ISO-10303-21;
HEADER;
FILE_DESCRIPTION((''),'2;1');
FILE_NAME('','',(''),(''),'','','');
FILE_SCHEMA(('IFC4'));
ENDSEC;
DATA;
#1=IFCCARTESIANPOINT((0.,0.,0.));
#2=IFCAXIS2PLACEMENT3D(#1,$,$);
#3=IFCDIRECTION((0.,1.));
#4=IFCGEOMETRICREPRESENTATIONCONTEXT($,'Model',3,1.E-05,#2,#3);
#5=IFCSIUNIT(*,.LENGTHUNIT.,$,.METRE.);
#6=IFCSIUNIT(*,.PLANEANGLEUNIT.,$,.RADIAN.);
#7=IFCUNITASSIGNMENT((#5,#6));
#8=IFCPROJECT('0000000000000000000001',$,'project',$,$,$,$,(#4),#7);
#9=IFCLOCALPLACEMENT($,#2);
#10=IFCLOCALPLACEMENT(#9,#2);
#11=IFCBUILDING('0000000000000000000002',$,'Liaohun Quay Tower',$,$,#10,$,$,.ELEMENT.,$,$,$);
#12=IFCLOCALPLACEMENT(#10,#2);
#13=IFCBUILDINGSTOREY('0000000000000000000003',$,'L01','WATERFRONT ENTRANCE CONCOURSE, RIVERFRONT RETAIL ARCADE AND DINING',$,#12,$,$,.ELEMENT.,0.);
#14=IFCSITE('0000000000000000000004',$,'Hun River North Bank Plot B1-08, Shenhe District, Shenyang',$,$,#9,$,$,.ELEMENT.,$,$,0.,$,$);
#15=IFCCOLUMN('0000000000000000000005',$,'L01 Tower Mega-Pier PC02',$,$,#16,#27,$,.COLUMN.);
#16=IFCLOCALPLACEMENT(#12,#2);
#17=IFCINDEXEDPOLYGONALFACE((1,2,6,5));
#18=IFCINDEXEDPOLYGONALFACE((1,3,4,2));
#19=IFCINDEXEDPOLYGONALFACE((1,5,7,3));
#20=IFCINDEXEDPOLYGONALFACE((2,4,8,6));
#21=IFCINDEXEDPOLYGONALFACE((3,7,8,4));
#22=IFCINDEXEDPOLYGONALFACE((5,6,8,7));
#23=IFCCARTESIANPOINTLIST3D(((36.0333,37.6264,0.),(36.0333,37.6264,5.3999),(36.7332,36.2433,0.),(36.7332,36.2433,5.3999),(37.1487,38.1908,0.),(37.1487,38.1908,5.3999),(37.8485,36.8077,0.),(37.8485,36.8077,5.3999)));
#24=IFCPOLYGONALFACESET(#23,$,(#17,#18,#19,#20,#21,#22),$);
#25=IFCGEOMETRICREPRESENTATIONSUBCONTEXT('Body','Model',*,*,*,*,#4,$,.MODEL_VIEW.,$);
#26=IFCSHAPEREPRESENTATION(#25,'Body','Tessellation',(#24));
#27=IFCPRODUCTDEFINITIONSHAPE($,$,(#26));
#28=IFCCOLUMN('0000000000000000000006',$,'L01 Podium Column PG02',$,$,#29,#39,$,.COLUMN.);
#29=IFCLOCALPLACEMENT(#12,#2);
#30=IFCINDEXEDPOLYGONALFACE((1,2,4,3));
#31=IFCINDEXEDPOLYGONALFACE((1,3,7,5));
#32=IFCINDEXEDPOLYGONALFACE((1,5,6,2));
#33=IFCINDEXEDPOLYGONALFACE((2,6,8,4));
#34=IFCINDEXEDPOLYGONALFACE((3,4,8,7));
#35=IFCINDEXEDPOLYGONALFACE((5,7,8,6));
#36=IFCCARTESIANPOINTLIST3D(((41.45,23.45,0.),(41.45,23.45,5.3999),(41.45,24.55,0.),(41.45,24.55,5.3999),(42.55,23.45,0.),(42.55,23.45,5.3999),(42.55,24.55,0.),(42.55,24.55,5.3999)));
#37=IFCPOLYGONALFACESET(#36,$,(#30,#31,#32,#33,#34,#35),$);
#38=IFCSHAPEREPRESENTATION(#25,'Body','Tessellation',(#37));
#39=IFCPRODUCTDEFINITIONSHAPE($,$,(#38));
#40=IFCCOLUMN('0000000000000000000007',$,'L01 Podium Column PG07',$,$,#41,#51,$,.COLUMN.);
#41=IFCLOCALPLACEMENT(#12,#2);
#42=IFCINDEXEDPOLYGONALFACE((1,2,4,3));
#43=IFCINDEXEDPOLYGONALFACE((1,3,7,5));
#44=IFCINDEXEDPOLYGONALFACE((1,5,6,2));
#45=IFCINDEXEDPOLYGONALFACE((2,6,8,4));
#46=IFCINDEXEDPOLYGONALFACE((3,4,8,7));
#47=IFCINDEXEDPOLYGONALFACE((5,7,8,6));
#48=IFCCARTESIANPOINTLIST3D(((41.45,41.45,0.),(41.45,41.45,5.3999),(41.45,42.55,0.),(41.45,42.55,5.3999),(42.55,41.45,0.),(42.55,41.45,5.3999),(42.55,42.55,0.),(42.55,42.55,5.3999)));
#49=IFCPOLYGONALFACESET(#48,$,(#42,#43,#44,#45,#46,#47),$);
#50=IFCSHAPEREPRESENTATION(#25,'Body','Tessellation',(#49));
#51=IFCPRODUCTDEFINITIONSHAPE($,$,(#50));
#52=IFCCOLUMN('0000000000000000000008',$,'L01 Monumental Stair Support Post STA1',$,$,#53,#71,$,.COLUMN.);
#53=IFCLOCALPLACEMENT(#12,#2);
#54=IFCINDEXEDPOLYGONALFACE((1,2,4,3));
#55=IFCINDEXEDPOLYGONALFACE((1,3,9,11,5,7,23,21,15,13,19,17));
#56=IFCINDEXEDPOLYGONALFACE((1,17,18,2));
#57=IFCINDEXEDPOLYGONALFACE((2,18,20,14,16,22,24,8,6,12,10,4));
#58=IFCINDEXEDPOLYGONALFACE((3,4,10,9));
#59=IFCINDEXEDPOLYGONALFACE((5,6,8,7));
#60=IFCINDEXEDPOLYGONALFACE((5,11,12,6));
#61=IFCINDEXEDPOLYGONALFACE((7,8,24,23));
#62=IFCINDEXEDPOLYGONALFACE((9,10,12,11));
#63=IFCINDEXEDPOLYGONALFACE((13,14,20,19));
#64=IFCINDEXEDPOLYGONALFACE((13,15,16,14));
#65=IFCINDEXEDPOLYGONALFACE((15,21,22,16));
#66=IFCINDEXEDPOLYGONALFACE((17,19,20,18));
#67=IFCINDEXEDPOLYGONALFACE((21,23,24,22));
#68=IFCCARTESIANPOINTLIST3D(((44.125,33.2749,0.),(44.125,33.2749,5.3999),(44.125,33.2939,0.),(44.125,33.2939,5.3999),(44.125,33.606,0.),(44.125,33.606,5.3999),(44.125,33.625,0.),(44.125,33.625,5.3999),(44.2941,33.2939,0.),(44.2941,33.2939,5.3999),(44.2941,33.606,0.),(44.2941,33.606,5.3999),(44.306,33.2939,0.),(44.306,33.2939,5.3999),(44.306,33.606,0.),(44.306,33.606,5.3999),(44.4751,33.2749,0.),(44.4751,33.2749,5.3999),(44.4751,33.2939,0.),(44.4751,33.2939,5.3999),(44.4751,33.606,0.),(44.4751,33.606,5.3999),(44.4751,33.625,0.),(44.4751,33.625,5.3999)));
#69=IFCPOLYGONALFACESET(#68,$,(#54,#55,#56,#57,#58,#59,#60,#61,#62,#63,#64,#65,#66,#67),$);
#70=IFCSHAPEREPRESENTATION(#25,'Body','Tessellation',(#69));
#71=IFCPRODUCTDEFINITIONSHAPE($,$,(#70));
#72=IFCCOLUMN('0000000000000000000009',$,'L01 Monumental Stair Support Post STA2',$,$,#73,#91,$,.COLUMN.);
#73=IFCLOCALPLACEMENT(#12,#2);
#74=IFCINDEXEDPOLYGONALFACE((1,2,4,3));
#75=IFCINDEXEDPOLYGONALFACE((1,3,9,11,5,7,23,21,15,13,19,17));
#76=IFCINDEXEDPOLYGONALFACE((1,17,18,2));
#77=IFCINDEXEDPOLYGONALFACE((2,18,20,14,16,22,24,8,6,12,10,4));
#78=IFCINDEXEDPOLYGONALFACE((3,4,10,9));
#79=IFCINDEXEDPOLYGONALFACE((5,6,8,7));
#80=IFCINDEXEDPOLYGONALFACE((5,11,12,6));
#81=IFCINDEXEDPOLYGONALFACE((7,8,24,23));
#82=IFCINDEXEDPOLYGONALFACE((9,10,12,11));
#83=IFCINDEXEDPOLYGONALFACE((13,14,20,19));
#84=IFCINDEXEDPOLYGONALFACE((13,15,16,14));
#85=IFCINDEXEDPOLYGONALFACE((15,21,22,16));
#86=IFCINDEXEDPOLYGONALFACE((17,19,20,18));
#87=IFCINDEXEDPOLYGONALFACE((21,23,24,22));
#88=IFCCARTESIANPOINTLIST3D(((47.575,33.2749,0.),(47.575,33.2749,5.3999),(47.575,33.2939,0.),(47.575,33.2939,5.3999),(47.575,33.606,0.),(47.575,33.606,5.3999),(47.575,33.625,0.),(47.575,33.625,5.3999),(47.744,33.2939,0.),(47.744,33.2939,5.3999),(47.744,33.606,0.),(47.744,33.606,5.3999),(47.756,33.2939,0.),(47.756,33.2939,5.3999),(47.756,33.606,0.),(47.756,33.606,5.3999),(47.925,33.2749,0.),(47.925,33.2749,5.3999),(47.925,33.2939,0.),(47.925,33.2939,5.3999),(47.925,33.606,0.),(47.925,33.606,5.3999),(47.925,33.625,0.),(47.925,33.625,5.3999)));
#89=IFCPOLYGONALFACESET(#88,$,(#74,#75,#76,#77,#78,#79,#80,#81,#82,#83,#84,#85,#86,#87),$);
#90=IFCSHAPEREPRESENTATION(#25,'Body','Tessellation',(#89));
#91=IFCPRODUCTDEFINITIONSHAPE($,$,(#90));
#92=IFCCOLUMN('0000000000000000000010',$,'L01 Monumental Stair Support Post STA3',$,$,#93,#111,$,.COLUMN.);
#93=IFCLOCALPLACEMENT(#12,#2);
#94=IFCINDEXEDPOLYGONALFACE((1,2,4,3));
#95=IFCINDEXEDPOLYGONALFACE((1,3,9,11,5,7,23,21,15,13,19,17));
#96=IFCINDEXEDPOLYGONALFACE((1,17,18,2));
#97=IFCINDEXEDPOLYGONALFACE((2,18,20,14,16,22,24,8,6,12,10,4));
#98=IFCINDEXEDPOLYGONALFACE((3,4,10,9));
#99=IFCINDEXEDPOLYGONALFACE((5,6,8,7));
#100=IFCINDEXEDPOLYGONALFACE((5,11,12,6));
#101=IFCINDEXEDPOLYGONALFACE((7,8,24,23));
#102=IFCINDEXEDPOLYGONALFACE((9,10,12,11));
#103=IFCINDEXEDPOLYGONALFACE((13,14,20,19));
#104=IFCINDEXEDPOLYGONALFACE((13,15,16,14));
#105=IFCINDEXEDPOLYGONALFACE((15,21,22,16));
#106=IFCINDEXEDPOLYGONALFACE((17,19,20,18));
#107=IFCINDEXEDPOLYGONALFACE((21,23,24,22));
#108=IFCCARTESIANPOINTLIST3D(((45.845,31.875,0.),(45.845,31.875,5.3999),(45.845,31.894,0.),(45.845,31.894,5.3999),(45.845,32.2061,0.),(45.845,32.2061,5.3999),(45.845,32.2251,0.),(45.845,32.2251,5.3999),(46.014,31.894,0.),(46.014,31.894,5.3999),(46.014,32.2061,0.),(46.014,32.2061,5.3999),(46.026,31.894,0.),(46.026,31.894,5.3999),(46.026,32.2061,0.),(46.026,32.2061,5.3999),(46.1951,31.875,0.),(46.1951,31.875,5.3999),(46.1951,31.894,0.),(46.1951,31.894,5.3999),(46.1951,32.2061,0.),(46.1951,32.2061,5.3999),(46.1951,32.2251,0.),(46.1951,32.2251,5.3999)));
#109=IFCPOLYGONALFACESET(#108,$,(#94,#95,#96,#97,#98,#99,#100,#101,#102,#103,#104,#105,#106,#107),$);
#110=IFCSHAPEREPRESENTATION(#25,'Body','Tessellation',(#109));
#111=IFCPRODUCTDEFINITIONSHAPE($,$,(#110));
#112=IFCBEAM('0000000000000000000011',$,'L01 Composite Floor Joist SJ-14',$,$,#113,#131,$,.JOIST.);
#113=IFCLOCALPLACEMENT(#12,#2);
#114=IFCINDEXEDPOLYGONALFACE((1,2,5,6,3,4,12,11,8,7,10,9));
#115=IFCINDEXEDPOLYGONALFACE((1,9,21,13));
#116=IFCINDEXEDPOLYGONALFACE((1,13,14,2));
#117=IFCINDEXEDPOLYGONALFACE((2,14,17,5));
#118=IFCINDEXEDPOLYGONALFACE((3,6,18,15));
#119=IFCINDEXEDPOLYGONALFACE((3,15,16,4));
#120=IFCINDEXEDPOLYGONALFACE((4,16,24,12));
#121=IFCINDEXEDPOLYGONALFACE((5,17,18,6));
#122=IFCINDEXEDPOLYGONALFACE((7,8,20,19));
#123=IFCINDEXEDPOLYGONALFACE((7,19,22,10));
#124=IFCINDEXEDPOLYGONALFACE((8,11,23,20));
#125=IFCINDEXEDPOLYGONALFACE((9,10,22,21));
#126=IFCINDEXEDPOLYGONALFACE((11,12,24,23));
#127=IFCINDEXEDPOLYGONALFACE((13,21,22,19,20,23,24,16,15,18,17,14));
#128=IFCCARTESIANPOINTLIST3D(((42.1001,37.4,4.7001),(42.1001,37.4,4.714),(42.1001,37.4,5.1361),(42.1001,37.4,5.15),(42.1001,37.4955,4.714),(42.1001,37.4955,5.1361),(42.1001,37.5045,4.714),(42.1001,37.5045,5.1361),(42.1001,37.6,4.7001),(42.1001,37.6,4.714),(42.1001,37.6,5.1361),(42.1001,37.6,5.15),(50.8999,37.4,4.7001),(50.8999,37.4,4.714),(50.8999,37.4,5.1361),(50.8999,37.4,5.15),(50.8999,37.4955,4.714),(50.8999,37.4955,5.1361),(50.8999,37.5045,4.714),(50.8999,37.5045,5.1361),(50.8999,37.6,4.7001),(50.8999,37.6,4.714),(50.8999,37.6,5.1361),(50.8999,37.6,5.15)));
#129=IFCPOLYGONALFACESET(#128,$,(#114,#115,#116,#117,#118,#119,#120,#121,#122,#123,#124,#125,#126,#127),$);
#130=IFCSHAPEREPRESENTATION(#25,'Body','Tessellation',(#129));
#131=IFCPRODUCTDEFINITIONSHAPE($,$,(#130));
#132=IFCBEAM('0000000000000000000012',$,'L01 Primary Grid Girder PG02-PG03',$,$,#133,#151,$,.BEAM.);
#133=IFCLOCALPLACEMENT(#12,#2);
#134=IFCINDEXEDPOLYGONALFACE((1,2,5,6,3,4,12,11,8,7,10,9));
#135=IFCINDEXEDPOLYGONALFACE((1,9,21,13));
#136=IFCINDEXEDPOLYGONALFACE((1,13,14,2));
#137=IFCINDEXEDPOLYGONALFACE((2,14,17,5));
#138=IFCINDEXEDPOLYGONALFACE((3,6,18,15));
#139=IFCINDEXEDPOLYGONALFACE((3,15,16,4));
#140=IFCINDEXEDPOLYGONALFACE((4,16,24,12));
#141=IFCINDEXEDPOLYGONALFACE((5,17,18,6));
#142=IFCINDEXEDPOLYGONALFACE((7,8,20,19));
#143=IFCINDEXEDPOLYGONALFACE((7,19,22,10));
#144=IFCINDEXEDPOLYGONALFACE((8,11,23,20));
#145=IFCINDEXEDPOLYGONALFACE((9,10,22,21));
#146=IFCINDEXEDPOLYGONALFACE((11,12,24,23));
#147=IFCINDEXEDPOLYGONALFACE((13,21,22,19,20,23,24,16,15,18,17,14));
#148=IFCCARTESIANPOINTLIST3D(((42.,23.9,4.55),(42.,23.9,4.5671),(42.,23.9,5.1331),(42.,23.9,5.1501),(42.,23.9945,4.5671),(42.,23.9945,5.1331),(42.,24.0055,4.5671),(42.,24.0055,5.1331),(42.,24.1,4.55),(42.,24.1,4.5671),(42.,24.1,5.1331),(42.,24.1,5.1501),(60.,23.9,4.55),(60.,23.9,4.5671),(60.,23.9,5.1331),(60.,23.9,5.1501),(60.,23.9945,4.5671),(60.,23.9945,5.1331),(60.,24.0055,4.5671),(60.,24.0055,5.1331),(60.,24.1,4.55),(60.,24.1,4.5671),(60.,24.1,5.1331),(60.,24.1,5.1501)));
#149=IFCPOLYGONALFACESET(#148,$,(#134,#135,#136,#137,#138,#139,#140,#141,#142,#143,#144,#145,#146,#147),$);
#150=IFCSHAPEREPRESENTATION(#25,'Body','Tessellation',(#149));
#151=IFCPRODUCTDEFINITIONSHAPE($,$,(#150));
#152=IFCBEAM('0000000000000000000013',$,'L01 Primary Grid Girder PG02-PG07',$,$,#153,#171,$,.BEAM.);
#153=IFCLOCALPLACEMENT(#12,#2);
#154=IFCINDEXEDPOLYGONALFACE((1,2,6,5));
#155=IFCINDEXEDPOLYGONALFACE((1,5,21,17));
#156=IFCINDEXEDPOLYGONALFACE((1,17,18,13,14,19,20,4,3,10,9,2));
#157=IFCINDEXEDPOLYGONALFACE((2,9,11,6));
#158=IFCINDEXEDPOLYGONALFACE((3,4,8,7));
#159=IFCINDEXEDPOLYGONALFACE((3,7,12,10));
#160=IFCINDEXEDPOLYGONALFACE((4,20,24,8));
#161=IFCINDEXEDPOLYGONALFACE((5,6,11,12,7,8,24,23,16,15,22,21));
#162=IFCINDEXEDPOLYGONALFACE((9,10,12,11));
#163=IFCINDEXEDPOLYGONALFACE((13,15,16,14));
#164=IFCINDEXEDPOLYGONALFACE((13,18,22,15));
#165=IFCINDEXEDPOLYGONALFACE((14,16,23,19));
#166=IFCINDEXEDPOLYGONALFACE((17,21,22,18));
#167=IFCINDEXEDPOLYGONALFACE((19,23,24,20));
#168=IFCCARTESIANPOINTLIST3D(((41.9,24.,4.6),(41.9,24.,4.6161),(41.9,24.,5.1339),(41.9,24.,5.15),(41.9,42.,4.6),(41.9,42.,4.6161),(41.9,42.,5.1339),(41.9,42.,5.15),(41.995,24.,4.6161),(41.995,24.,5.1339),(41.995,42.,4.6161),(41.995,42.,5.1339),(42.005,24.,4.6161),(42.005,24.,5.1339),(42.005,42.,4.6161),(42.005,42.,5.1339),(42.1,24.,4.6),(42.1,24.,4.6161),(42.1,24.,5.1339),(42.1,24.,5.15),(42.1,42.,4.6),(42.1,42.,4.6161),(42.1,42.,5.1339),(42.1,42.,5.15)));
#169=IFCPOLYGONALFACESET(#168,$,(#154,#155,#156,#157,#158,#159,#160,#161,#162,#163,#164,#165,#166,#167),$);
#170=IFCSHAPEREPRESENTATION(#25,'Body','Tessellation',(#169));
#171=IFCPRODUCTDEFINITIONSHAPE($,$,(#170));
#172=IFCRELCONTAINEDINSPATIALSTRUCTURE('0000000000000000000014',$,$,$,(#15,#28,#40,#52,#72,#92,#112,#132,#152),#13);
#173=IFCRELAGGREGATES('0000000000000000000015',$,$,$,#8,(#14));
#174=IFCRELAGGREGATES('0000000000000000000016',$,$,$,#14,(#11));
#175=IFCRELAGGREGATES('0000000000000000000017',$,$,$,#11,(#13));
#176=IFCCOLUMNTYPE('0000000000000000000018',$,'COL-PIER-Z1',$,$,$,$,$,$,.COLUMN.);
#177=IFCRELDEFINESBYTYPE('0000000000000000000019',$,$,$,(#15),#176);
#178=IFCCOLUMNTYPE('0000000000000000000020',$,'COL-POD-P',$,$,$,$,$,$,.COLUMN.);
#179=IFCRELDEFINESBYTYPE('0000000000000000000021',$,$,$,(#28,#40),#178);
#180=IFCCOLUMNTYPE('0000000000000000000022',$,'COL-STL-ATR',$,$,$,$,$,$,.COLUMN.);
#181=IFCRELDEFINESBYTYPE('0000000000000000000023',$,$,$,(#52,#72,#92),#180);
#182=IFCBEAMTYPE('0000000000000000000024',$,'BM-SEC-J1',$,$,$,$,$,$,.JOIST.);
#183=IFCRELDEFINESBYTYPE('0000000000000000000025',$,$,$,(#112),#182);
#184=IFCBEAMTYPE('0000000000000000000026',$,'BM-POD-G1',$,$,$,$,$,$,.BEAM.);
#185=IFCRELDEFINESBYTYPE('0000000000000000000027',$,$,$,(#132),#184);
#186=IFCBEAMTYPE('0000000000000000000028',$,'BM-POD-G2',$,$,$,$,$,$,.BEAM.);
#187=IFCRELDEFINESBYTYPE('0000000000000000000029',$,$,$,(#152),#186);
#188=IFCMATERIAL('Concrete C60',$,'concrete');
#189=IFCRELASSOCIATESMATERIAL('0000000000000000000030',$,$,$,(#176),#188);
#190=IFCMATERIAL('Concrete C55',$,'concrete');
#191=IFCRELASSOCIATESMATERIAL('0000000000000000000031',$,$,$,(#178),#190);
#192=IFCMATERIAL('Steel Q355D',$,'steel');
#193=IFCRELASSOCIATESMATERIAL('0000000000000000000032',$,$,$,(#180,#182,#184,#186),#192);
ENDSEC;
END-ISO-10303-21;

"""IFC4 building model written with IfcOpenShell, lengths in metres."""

from ifc_helpers import new_model, si_unit, direction, frame, origin, origin_2d, place, context, subcontext, project, spatial, rectangle, i_section, extrude, source, transform, mapped, material, material_profile, profile_set, type_object, element, save


model = new_model("IFC4")

# Units and contexts
model_context = context("Model", 3, precision=1e-05, world=origin(), true_north=direction((0.0, 1.0)))
body_context = subcontext(model_context, "Body", "Model", "MODEL_VIEW")
ifc_project = project(units=[si_unit("LENGTHUNIT", "METRE"), si_unit("PLANEANGLEUNIT", "RADIAN")], contexts=[model_context])

# Site, building, storey
site_placement = place(None, origin())
site = spatial("IfcSite", under=ifc_project, at=site_placement, Name="Hun River North Bank Plot B1-08, Shenhe District, Shenyang", CompositionType="ELEMENT", RefElevation=0.0)
building_placement = place(site_placement, origin())
building = spatial("IfcBuilding", under=site, at=building_placement, Name="Liaohun Quay Tower", CompositionType="ELEMENT")
storey_placement = place(building_placement, origin())
storey = spatial("IfcBuildingStorey", under=building, at=storey_placement, Name="L01", Description="WATERFRONT ENTRANCE CONCOURSE, RIVERFRONT RETAIL ARCADE AND DINING", CompositionType="ELEMENT", Elevation=0.0)

# Columns
ifc_material_1 = material(Name="Concrete C60", Category="concrete")
ifc_material_profile_1 = material_profile(ifc_material_1, rectangle(XDim=1.55, YDim=1.25, at=origin_2d()), Name="RC1550x1250")
ifc_profile_set_1 = profile_set([ifc_material_profile_1], Name="Concrete C60")
column_type_1 = type_object("IfcColumnType", Name="COL-PIER-Z1", PredefinedType="COLUMN", material=ifc_profile_set_1)
shared_shape_1 = source(origin(), body_context, "Body", "SweptSolid", [
    extrude(rectangle(XDim=1.55, YDim=1.25, at=origin_2d()), origin(), (0.0, 0.0, 1.0), 5.3999),
])
column_placement = place(storey_placement, frame((36.9409, 37.217, 0.0), z_axis=(0.0, 0.0, 1.0), x_axis=(-0.451501, 0.892271, 0.0)))
element("IfcColumn", 1, at=column_placement, inside=storey, type_object=column_type_1, Name="L01 Tower Mega-Pier PC02", PredefinedType="COLUMN", context=body_context, shape_type="MappedRepresentation", body=[
    mapped(shared_shape_1, transform((0.0, 0.0, 0.0), x_axis=(1.0, 0.0, 0.0), y_axis=(0.0, 1.0, 0.0), z_axis=(0.0, 0.0, 1.0), scale=1.0)),
])
ifc_material_2 = material(Name="Concrete C55", Category="concrete")
ifc_material_profile_2 = material_profile(ifc_material_2, rectangle(XDim=1.1001, YDim=1.1001, at=origin_2d()), Name="RC1100x1100")
ifc_profile_set_2 = profile_set([ifc_material_profile_2], Name="Concrete C55")
column_type_2 = type_object("IfcColumnType", Name="COL-POD-P", PredefinedType="COLUMN", material=ifc_profile_set_2)
shared_shape_2 = source(origin(), body_context, "Body", "SweptSolid", [
    extrude(rectangle(XDim=1.1001, YDim=1.1001, at=origin_2d()), origin(), (0.0, 0.0, 1.0), 5.3999),
])
for number, where, z_axis, x_axis, name in (
    (2, (42.0, 24.0, 0.0), (0.0, 0.0, 1.0), (1.0, 0.0, 0.0), "L01 Podium Column PG02"),
    (3, (42.0, 42.0, 0.0), (0.0, 0.0, 1.0), (1.0, 0.0, 0.0), "L01 Podium Column PG07"),
):
    element("IfcColumn", number, at=place(storey_placement, frame(where, z_axis=z_axis, x_axis=x_axis)), inside=storey, type_object=column_type_2, Name=name, PredefinedType="COLUMN", context=body_context, shape_type="MappedRepresentation", body=[
        mapped(shared_shape_2, transform((0.0, 0.0, 0.0), x_axis=(1.0, 0.0, 0.0), y_axis=(0.0, 1.0, 0.0), z_axis=(0.0, 0.0, 1.0), scale=1.0)),
    ])
ifc_material_3 = material(Name="Steel Q355D", Category="steel")
ifc_material_profile_3 = material_profile(ifc_material_3, i_section(OverallWidth=0.3501, OverallDepth=0.3501, WebThickness=0.012, FlangeThickness=0.019, at=origin_2d()), Name="HW350x350x12x19")
ifc_profile_set_3 = profile_set([ifc_material_profile_3], Name="Steel Q355D")
column_type_3 = type_object("IfcColumnType", Name="COL-STL-ATR", PredefinedType="COLUMN", material=ifc_profile_set_3)
shared_shape_3 = source(origin(), body_context, "Body", "SweptSolid", [
    extrude(i_section(OverallWidth=0.3501, OverallDepth=0.3501, WebThickness=0.012, FlangeThickness=0.019, at=origin_2d()), origin(), (0.0, 0.0, 1.0), 5.3999),
])
for number, where, z_axis, x_axis, name in (
    (4, (44.3, 33.45, 0.0), (0.0, 0.0, 1.0), (1.0, 0.0, 0.0), "L01 Monumental Stair Support Post STA1"),
    (5, (47.75, 33.45, 0.0), (0.0, 0.0, 1.0), (1.0, 0.0, 0.0), "L01 Monumental Stair Support Post STA2"),
    (6, (46.02, 32.05, 0.0), (0.0, 0.0, 1.0), (1.0, 0.0, 0.0), "L01 Monumental Stair Support Post STA3"),
):
    element("IfcColumn", number, at=place(storey_placement, frame(where, z_axis=z_axis, x_axis=x_axis)), inside=storey, type_object=column_type_3, Name=name, PredefinedType="COLUMN", context=body_context, shape_type="MappedRepresentation", body=[
        mapped(shared_shape_3, transform((0.0, 0.0, 0.0), x_axis=(1.0, 0.0, 0.0), y_axis=(0.0, 1.0, 0.0), z_axis=(0.0, 0.0, 1.0), scale=1.0)),
    ])

# Beams
ifc_material_profile_4 = material_profile(ifc_material_3, i_section(OverallWidth=0.2, OverallDepth=0.45, WebThickness=0.009, FlangeThickness=0.0139, at=origin_2d()), Name="HN450x200x9x14")
ifc_profile_set_4 = profile_set([ifc_material_profile_4], Name="Steel Q355D")
beam_type_1 = type_object("IfcBeamType", Name="BM-SEC-J1", PredefinedType="JOIST", material=ifc_profile_set_4)
shared_shape_4 = source(origin(), body_context, "Body", "SweptSolid", [
    extrude(i_section(OverallWidth=0.2, OverallDepth=0.45, WebThickness=0.009, FlangeThickness=0.0139, at=origin_2d()), origin(), (0.0, 0.0, 1.0), 8.7998),
])
beam_1_placement = place(storey_placement, frame((42.1001, 37.5, 4.925), z_axis=(1.0, 0.0, 0.0), x_axis=(0.0, 1.0, 0.0)))
element("IfcBeam", 7, at=beam_1_placement, inside=storey, type_object=beam_type_1, Name="L01 Composite Floor Joist SJ-14", PredefinedType="JOIST", context=body_context, shape_type="MappedRepresentation", body=[
    mapped(shared_shape_4, transform((0.0, 0.0, 0.0), x_axis=(1.0, 0.0, 0.0), y_axis=(0.0, 1.0, 0.0), z_axis=(0.0, 0.0, 1.0), scale=1.0)),
])
ifc_material_profile_5 = material_profile(ifc_material_3, i_section(OverallWidth=0.2, OverallDepth=0.6001, WebThickness=0.011, FlangeThickness=0.0171, at=origin_2d()), Name="HN600x200x11x17")
ifc_profile_set_5 = profile_set([ifc_material_profile_5], Name="Steel Q355D")
beam_type_2 = type_object("IfcBeamType", Name="BM-POD-G1", PredefinedType="BEAM", material=ifc_profile_set_5)
shared_shape_5 = source(origin(), body_context, "Body", "SweptSolid", [
    extrude(i_section(OverallWidth=0.2, OverallDepth=0.6001, WebThickness=0.011, FlangeThickness=0.0171, at=origin_2d()), origin(), (0.0, 0.0, 1.0), 18.0),
])
beam_2_placement = place(storey_placement, frame((42.0, 24.0, 4.8501), z_axis=(1.0, 0.0, 0.0), x_axis=(0.0, 1.0, 0.0)))
element("IfcBeam", 8, at=beam_2_placement, inside=storey, type_object=beam_type_2, Name="L01 Primary Grid Girder PG02-PG03", PredefinedType="BEAM", context=body_context, shape_type="MappedRepresentation", body=[
    mapped(shared_shape_5, transform((0.0, 0.0, 0.0), x_axis=(1.0, 0.0, 0.0), y_axis=(0.0, 1.0, 0.0), z_axis=(0.0, 0.0, 1.0), scale=1.0)),
])
ifc_material_profile_6 = material_profile(ifc_material_3, i_section(OverallWidth=0.2, OverallDepth=0.55, WebThickness=0.01, FlangeThickness=0.0161, at=origin_2d()), Name="HN550x200x10x16")
ifc_profile_set_6 = profile_set([ifc_material_profile_6], Name="Steel Q355D")
beam_type_3 = type_object("IfcBeamType", Name="BM-POD-G2", PredefinedType="BEAM", material=ifc_profile_set_6)
shared_shape_6 = source(origin(), body_context, "Body", "SweptSolid", [
    extrude(i_section(OverallWidth=0.2, OverallDepth=0.55, WebThickness=0.01, FlangeThickness=0.0161, at=origin_2d()), origin(), (0.0, 0.0, 1.0), 18.0),
])
beam_3_placement = place(storey_placement, frame((42.0, 24.0, 4.875), z_axis=(0.0, 1.0, 0.0), x_axis=(-1.0, 0.0, 0.0)))
element("IfcBeam", 9, at=beam_3_placement, inside=storey, type_object=beam_type_3, Name="L01 Primary Grid Girder PG02-PG07", PredefinedType="BEAM", context=body_context, shape_type="MappedRepresentation", body=[
    mapped(shared_shape_6, transform((0.0, 0.0, 0.0), x_axis=(1.0, 0.0, 0.0), y_axis=(0.0, 1.0, 0.0), z_axis=(0.0, 0.0, 1.0), scale=1.0)),
])

save(model, "model.ifc")
